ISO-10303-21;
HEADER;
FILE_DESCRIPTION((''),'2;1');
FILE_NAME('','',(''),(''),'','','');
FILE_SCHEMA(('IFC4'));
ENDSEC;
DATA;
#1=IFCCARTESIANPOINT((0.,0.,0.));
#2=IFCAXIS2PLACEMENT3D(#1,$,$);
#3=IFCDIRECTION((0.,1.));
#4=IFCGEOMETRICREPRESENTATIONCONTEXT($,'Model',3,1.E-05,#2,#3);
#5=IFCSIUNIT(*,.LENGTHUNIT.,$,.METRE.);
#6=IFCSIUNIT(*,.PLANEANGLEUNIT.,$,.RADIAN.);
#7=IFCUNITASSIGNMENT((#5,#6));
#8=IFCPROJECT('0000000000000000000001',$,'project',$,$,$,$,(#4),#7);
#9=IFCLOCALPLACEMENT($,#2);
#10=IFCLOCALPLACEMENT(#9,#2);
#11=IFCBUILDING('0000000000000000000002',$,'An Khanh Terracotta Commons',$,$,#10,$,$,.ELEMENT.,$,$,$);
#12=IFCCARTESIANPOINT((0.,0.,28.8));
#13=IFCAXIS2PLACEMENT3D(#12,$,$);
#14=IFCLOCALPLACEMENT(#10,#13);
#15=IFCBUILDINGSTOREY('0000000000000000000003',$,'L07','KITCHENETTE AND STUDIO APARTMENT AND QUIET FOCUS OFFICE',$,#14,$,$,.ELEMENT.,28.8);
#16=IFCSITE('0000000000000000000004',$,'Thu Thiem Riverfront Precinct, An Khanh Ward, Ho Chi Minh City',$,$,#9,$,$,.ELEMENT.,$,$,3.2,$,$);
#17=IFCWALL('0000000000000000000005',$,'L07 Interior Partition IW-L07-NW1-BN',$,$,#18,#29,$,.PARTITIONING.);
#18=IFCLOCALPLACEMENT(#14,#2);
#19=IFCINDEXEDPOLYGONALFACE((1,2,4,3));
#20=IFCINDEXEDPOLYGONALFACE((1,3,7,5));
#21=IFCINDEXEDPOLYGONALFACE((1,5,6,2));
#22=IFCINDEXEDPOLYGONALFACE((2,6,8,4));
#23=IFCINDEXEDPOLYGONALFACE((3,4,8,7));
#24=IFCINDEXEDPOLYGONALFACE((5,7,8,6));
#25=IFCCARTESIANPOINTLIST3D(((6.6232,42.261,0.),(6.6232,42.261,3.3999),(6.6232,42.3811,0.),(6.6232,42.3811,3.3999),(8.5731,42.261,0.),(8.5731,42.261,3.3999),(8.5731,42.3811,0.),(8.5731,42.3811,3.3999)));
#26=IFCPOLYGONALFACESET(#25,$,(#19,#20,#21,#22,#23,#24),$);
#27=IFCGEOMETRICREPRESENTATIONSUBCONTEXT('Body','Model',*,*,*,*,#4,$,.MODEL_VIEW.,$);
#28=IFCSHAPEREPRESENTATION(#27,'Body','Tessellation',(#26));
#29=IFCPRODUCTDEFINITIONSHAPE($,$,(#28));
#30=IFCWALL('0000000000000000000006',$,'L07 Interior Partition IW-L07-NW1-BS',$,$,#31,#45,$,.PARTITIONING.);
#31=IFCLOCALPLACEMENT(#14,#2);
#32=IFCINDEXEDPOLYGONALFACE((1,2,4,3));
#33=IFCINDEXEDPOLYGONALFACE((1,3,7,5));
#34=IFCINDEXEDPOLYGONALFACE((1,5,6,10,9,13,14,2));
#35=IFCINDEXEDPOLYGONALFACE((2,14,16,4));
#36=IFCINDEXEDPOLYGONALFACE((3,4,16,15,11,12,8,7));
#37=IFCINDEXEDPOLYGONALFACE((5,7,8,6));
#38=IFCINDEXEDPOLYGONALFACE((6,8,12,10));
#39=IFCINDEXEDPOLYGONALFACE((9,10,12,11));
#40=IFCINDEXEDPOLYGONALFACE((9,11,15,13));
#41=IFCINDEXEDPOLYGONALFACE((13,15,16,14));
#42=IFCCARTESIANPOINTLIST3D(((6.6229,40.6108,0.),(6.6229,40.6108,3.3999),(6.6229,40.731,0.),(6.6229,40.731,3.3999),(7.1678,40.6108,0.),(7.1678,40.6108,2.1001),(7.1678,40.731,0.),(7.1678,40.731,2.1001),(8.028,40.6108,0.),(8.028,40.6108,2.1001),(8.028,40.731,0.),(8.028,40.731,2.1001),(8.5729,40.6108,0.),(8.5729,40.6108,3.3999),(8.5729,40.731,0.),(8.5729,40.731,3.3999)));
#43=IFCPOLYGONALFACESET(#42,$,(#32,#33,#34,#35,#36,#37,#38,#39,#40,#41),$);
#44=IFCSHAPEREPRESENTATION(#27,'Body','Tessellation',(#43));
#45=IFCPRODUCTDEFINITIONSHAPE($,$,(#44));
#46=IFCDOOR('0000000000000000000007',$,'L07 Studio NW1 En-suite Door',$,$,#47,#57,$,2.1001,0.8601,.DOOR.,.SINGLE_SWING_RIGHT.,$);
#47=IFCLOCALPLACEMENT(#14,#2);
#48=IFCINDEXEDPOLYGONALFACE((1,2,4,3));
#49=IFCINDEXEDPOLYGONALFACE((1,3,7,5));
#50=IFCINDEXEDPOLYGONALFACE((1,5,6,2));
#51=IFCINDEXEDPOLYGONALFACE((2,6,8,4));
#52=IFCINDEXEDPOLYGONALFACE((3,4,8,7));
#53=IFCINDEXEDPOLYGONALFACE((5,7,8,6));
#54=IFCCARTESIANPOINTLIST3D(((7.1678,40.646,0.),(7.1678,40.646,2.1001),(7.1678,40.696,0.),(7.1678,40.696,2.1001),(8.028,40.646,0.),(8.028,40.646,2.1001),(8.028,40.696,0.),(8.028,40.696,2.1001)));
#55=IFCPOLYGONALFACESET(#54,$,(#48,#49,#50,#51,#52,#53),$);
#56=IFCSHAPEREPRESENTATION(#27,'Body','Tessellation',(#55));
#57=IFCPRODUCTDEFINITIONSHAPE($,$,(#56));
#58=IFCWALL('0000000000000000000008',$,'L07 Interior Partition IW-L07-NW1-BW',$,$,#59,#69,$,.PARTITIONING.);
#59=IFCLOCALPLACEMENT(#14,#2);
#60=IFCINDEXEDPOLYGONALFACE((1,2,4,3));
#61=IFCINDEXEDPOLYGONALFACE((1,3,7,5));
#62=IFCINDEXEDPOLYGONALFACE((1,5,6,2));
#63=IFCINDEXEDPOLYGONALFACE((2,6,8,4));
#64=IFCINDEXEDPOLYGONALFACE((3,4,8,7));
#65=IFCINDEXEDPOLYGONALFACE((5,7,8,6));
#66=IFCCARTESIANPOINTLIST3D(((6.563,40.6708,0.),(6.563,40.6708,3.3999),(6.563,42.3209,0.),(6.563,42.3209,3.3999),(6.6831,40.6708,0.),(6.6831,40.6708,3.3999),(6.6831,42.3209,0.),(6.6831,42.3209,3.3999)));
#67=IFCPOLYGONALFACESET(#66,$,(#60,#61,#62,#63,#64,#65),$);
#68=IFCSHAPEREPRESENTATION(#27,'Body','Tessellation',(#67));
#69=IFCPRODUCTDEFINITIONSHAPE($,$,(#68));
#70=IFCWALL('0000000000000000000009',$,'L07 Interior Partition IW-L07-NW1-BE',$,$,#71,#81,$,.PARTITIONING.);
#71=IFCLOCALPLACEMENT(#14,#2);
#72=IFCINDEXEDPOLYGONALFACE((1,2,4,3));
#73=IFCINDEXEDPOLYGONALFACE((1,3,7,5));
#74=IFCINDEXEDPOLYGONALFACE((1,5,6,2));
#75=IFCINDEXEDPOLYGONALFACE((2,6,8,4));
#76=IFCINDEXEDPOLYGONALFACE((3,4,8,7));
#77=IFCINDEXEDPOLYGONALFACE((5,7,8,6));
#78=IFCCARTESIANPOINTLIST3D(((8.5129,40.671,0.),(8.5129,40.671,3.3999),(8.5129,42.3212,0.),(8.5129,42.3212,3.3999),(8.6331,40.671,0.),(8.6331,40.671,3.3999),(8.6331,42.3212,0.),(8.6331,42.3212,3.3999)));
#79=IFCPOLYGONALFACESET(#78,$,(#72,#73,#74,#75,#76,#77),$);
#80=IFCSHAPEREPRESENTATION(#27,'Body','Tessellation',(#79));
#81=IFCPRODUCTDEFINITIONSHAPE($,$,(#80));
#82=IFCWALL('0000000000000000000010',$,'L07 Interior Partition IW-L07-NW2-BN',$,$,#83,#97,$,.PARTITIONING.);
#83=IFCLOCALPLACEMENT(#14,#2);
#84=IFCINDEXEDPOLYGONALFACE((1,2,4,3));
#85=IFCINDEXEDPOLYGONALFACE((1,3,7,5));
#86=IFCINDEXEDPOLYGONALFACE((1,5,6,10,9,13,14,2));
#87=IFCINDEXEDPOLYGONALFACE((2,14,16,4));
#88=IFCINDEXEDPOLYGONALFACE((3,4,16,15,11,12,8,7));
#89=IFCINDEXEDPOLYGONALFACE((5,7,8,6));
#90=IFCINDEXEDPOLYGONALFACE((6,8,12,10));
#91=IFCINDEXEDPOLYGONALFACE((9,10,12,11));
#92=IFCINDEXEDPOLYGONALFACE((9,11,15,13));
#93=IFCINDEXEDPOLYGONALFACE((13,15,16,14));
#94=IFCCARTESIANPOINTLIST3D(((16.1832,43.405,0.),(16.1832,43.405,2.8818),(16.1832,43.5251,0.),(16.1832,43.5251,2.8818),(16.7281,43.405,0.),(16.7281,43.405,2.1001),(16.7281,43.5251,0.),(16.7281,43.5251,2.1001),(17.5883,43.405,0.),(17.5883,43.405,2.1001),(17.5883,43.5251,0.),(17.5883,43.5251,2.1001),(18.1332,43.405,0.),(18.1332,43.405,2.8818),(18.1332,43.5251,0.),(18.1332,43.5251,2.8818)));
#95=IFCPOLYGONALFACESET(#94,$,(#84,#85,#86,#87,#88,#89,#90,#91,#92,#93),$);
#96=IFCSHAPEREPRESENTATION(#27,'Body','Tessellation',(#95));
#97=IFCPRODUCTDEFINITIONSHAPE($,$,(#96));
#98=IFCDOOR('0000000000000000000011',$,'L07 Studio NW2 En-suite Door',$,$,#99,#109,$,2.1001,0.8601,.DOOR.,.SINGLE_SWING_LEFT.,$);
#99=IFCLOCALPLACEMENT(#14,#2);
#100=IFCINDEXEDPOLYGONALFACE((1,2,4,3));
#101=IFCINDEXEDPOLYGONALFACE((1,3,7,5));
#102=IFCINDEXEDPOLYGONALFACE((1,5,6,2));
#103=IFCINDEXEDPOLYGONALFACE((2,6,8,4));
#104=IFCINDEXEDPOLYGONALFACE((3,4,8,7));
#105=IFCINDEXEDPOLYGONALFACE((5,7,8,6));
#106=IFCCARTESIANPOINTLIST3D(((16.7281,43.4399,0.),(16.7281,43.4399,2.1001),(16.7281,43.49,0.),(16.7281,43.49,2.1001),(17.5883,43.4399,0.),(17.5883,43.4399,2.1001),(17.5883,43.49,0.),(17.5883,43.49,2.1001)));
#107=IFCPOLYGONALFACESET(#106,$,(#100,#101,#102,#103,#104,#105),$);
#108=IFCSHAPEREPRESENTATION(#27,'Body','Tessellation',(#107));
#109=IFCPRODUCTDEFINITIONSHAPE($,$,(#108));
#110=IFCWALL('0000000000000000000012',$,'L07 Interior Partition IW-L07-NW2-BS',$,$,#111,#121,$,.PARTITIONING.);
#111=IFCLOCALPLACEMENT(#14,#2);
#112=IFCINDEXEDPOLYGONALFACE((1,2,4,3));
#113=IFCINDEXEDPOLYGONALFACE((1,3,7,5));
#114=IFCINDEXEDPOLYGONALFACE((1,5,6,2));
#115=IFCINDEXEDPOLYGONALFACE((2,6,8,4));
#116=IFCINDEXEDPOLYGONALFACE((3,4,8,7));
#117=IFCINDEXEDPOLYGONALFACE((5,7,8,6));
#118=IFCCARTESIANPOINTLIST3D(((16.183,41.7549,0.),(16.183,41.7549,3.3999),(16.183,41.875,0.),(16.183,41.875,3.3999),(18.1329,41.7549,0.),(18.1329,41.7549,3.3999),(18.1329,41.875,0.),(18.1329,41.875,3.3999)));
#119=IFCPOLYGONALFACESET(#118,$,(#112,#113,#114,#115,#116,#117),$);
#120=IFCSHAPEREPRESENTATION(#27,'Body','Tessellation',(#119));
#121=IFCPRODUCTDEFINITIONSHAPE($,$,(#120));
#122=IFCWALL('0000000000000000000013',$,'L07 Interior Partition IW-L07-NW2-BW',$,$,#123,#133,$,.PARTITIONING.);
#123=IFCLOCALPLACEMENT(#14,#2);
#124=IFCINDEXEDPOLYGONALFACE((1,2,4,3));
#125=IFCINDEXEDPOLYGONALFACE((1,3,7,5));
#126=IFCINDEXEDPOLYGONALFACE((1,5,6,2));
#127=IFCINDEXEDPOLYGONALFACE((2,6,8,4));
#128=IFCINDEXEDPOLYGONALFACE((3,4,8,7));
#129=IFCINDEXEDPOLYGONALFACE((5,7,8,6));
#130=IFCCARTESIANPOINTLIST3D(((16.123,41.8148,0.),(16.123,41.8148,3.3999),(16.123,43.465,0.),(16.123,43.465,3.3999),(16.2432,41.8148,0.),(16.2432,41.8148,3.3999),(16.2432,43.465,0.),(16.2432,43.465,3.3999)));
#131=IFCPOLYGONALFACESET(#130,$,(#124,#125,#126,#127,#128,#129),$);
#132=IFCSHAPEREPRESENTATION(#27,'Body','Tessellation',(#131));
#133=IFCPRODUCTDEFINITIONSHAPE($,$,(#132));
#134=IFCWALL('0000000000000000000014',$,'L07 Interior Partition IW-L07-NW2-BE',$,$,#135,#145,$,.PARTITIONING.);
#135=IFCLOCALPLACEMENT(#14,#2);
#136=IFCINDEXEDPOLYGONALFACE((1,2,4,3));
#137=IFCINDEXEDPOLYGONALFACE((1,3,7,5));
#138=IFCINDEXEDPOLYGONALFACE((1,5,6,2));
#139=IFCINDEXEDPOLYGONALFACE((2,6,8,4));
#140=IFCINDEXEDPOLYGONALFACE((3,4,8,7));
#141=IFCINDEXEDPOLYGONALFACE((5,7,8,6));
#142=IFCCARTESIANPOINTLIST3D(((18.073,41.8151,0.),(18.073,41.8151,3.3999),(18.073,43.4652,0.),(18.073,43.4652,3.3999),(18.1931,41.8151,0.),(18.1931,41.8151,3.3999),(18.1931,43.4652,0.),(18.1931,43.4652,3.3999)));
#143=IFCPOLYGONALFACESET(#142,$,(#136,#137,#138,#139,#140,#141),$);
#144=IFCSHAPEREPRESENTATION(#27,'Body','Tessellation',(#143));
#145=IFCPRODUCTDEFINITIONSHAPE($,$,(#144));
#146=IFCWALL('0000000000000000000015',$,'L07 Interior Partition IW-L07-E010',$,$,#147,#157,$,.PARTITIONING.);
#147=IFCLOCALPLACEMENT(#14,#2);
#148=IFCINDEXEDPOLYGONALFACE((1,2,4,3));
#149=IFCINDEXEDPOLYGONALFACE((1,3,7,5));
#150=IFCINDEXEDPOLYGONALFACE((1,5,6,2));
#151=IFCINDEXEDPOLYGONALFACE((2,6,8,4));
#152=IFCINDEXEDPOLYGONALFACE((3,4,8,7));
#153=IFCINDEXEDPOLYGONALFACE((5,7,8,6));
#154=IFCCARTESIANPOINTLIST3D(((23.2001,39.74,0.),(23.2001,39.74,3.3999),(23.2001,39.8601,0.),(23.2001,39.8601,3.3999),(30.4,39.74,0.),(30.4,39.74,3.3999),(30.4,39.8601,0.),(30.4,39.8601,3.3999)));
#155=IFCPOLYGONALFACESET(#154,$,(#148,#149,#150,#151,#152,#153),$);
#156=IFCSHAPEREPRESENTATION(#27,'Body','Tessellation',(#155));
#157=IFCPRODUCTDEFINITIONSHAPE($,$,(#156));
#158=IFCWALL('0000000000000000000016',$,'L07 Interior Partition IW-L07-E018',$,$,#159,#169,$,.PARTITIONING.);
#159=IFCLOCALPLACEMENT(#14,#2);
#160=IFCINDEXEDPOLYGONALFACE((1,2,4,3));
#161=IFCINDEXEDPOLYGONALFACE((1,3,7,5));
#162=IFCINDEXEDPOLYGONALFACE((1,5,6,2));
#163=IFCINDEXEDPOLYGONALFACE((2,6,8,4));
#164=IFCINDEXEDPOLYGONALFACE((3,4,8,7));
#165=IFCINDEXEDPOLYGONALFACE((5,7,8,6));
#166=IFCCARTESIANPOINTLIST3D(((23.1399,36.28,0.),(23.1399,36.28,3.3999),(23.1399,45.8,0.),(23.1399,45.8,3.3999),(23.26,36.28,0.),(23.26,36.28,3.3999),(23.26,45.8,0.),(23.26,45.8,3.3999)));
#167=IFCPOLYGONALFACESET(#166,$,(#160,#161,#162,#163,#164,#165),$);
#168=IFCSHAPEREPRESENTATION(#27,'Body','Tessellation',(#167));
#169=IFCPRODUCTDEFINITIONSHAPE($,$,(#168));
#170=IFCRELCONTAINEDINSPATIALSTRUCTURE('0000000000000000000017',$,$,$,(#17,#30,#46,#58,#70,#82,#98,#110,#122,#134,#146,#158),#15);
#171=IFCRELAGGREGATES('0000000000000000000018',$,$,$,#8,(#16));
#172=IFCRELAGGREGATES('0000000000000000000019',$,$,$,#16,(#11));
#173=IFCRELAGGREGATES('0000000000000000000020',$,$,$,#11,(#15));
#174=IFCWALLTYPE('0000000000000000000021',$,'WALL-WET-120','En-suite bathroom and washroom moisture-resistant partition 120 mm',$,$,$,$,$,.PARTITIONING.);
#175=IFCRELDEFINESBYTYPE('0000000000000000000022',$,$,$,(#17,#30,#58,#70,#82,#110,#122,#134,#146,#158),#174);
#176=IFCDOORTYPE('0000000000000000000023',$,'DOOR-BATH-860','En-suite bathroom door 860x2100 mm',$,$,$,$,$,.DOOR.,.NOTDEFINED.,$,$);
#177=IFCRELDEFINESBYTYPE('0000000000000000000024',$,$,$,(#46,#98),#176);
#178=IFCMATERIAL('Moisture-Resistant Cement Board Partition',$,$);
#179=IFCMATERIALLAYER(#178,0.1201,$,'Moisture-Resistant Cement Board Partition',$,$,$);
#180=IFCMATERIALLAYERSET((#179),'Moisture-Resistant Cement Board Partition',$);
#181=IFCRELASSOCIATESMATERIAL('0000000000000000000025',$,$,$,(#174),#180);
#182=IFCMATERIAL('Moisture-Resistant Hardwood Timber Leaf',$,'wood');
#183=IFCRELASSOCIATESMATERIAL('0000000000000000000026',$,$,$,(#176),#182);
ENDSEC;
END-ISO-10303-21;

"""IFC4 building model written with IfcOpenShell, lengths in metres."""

from ifc_helpers import new_model, si_unit, direction, frame, frame_2d, origin, place, context, subcontext, project, spatial, rectangle, extrude, material, layer, layer_set, type_object, element, fill, save


model = new_model("IFC4")

# Units and contexts
model_context = context("Model", 3, precision=1e-05, world=origin(), true_north=direction((0.0, 1.0)))
body_context = subcontext(model_context, "Body", "Model", "MODEL_VIEW")
ifc_project = project(units=[si_unit("LENGTHUNIT", "METRE"), si_unit("PLANEANGLEUNIT", "RADIAN")], contexts=[model_context])

# Site, building, storey
site_placement = place(None, origin())
site = spatial("IfcSite", under=ifc_project, at=site_placement, Name="Thu Thiem Riverfront Precinct, An Khanh Ward, Ho Chi Minh City", CompositionType="ELEMENT", RefElevation=3.2)
building_placement = place(site_placement, origin())
building = spatial("IfcBuilding", under=site, at=building_placement, Name="An Khanh Terracotta Commons", CompositionType="ELEMENT")
storey_placement = place(building_placement, frame((0.0, 0.0, 28.8)))
storey = spatial("IfcBuildingStorey", under=building, at=storey_placement, Name="L07", Description="KITCHENETTE AND STUDIO APARTMENT AND QUIET FOCUS OFFICE", CompositionType="ELEMENT", Elevation=28.8)

# Wall
ifc_material_1 = material(Name="Moisture-Resistant Cement Board Partition")
ifc_layer_1 = layer(ifc_material_1, 0.1201, Name="Moisture-Resistant Cement Board Partition")
ifc_layer_set_1 = layer_set([ifc_layer_1], Name="Moisture-Resistant Cement Board Partition")
wall_type_1 = type_object("IfcWallType", Name="WALL-WET-120", Description="En-suite bathroom and washroom moisture-resistant partition 120 mm", PredefinedType="PARTITIONING", material=ifc_layer_set_1)
wall_1_placement = place(storey_placement, frame((6.623, 42.321, 0.0), z_axis=(0.0, 0.0, 1.0), x_axis=(1.0, 0.0, 0.0)))
element("IfcWall", 1, at=wall_1_placement, inside=storey, type_object=wall_type_1, Name="L07 Interior Partition IW-L07-NW1-BN", PredefinedType="PARTITIONING", context=body_context, shape_type="SweptSolid", body=[
    extrude(rectangle(XDim=1.95, YDim=0.1201, at=frame_2d((0.9751, 0.0))), origin(), (0.0, 0.0, 1.0), 3.3999),
])

# Wall, opening, door
wall_2_placement = place(storey_placement, frame((8.573, 40.6709, 0.0), z_axis=(0.0, 0.0, 1.0), x_axis=(-1.0, 0.0, 0.0)))
wall_2 = element("IfcWall", 2, at=wall_2_placement, inside=storey, type_object=wall_type_1, Name="L07 Interior Partition IW-L07-NW1-BS", PredefinedType="PARTITIONING", context=body_context, shape_type="SweptSolid", body=[
    extrude(rectangle(XDim=1.95, YDim=0.1201, at=frame_2d((0.9751, 0.0))), origin(), (0.0, 0.0, 1.0), 3.3999),
])
opening_1_placement = place(wall_2_placement, frame((0.5449, 0.0, 0.0)))
opening_1 = element("IfcOpeningElement", 3, at=opening_1_placement, cuts=wall_2, PredefinedType="OPENING", context=body_context, shape_type="SweptSolid", body=[
    extrude(rectangle(XDim=0.8601, YDim=2.1001, at=frame_2d((0.4302, 1.05))), frame((0.0, 0.0701, 0.0), z_axis=(0.0, -1.0, 0.0), x_axis=(1.0, 0.0, 0.0)), (0.0, 0.0, 1.0), 0.1401),
])
ifc_material_2 = material(Name="Moisture-Resistant Hardwood Timber Leaf", Category="wood")
door_type = type_object("IfcDoorType", Name="DOOR-BATH-860", Description="En-suite bathroom door 860x2100 mm", OperationType="NOTDEFINED", PredefinedType="DOOR", material=ifc_material_2)
door_1_placement = place(opening_1_placement, origin())
door_1 = element("IfcDoor", 4, at=door_1_placement, inside=storey, type_object=door_type, Name="L07 Studio NW1 En-suite Door", OperationType="SINGLE_SWING_RIGHT", OverallHeight=2.1001, OverallWidth=0.8601, PredefinedType="DOOR", context=body_context, shape_type="SweptSolid", body=[
    extrude(rectangle(XDim=0.8601, YDim=2.1001, at=frame_2d((0.4302, 1.05))), frame((0.0, 0.0249, 0.0), z_axis=(0.0, -1.0, 0.0), x_axis=(1.0, 0.0, 0.0)), (0.0, 0.0, 1.0), 0.05),
])
fill(opening_1, door_1)

# Walls
for number, where, z_axis, x_axis, name in (
    (5, (6.623, 42.321, 0.0), (0.0, 0.0, 1.0), (0.0, -1.0, 0.0), "L07 Interior Partition IW-L07-NW1-BW"),
    (6, (8.573, 40.6709, 0.0), (0.0, 0.0, 1.0), (0.0, 1.0, 0.0), "L07 Interior Partition IW-L07-NW1-BE"),
):
    element("IfcWall", number, at=place(storey_placement, frame(where, z_axis=z_axis, x_axis=x_axis)), inside=storey, type_object=wall_type_1, Name=name, PredefinedType="PARTITIONING", context=body_context, shape_type="SweptSolid", body=[
        extrude(rectangle(XDim=1.6501, YDim=0.1201, at=frame_2d((0.8252, 0.0))), origin(), (0.0, 0.0, 1.0), 3.3999),
    ])

# Wall, opening, door
wall_3_placement = place(storey_placement, frame((16.1831, 43.4651, 0.0), z_axis=(0.0, 0.0, 1.0), x_axis=(1.0, 0.0, 0.0)))
wall_3 = element("IfcWall", 7, at=wall_3_placement, inside=storey, type_object=wall_type_1, Name="L07 Interior Partition IW-L07-NW2-BN", PredefinedType="PARTITIONING", context=body_context, shape_type="SweptSolid", body=[
    extrude(rectangle(XDim=1.95, YDim=0.1201, at=frame_2d((0.9751, 0.0))), origin(), (0.0, 0.0, 1.0), 2.8818),
])
opening_2_placement = place(wall_3_placement, frame((0.5449, 0.0, 0.0)))
opening_2 = element("IfcOpeningElement", 8, at=opening_2_placement, cuts=wall_3, PredefinedType="OPENING", context=body_context, shape_type="SweptSolid", body=[
    extrude(rectangle(XDim=0.8601, YDim=2.1001, at=frame_2d((0.4302, 1.05))), frame((0.0, 0.0701, 0.0), z_axis=(0.0, -1.0, 0.0), x_axis=(1.0, 0.0, 0.0)), (0.0, 0.0, 1.0), 0.1401),
])
door_2_placement = place(opening_2_placement, origin())
door_2 = element("IfcDoor", 9, at=door_2_placement, inside=storey, type_object=door_type, Name="L07 Studio NW2 En-suite Door", OperationType="SINGLE_SWING_LEFT", OverallHeight=2.1001, OverallWidth=0.8601, PredefinedType="DOOR", context=body_context, shape_type="SweptSolid", body=[
    extrude(rectangle(XDim=0.8601, YDim=2.1001, at=frame_2d((0.4302, 1.05))), frame((0.0, 0.0249, 0.0), z_axis=(0.0, -1.0, 0.0), x_axis=(1.0, 0.0, 0.0)), (0.0, 0.0, 1.0), 0.05),
])
fill(opening_2, door_2)

# Walls
wall_4_placement = place(storey_placement, frame((18.1331, 41.8149, 0.0), z_axis=(0.0, 0.0, 1.0), x_axis=(-1.0, 0.0, 0.0)))
element("IfcWall", 10, at=wall_4_placement, inside=storey, type_object=wall_type_1, Name="L07 Interior Partition IW-L07-NW2-BS", PredefinedType="PARTITIONING", context=body_context, shape_type="SweptSolid", body=[
    extrude(rectangle(XDim=1.95, YDim=0.1201, at=frame_2d((0.9751, 0.0))), origin(), (0.0, 0.0, 1.0), 3.3999),
])
for number, where, z_axis, x_axis, name in (
    (11, (16.1831, 43.4651, 0.0), (0.0, 0.0, 1.0), (0.0, -1.0, 0.0), "L07 Interior Partition IW-L07-NW2-BW"),
    (12, (18.1331, 41.8149, 0.0), (0.0, 0.0, 1.0), (0.0, 1.0, 0.0), "L07 Interior Partition IW-L07-NW2-BE"),
):
    element("IfcWall", number, at=place(storey_placement, frame(where, z_axis=z_axis, x_axis=x_axis)), inside=storey, type_object=wall_type_1, Name=name, PredefinedType="PARTITIONING", context=body_context, shape_type="SweptSolid", body=[
        extrude(rectangle(XDim=1.6501, YDim=0.1201, at=frame_2d((0.8252, 0.0))), origin(), (0.0, 0.0, 1.0), 3.3999),
    ])
wall_5_placement = place(storey_placement, frame((23.2, 39.8, 0.0), z_axis=(0.0, 0.0, 1.0), x_axis=(1.0, 0.0, 0.0)))
element("IfcWall", 13, at=wall_5_placement, inside=storey, type_object=wall_type_1, Name="L07 Interior Partition IW-L07-E010", PredefinedType="PARTITIONING", context=body_context, shape_type="SweptSolid", body=[
    extrude(rectangle(XDim=7.2, YDim=0.1201, at=frame_2d((3.6001, 0.0))), origin(), (0.0, 0.0, 1.0), 3.3999),
])
wall_6_placement = place(storey_placement, frame((23.2, 36.28, 0.0), z_axis=(0.0, 0.0, 1.0), x_axis=(0.0, 1.0, 0.0)))
element("IfcWall", 14, at=wall_6_placement, inside=storey, type_object=wall_type_1, Name="L07 Interior Partition IW-L07-E018", PredefinedType="PARTITIONING", context=body_context, shape_type="SweptSolid", body=[
    extrude(rectangle(XDim=9.52, YDim=0.1201, at=frame_2d((4.76, 0.0))), origin(), (0.0, 0.0, 1.0), 3.3999),
])

save(model, "model.ifc")
